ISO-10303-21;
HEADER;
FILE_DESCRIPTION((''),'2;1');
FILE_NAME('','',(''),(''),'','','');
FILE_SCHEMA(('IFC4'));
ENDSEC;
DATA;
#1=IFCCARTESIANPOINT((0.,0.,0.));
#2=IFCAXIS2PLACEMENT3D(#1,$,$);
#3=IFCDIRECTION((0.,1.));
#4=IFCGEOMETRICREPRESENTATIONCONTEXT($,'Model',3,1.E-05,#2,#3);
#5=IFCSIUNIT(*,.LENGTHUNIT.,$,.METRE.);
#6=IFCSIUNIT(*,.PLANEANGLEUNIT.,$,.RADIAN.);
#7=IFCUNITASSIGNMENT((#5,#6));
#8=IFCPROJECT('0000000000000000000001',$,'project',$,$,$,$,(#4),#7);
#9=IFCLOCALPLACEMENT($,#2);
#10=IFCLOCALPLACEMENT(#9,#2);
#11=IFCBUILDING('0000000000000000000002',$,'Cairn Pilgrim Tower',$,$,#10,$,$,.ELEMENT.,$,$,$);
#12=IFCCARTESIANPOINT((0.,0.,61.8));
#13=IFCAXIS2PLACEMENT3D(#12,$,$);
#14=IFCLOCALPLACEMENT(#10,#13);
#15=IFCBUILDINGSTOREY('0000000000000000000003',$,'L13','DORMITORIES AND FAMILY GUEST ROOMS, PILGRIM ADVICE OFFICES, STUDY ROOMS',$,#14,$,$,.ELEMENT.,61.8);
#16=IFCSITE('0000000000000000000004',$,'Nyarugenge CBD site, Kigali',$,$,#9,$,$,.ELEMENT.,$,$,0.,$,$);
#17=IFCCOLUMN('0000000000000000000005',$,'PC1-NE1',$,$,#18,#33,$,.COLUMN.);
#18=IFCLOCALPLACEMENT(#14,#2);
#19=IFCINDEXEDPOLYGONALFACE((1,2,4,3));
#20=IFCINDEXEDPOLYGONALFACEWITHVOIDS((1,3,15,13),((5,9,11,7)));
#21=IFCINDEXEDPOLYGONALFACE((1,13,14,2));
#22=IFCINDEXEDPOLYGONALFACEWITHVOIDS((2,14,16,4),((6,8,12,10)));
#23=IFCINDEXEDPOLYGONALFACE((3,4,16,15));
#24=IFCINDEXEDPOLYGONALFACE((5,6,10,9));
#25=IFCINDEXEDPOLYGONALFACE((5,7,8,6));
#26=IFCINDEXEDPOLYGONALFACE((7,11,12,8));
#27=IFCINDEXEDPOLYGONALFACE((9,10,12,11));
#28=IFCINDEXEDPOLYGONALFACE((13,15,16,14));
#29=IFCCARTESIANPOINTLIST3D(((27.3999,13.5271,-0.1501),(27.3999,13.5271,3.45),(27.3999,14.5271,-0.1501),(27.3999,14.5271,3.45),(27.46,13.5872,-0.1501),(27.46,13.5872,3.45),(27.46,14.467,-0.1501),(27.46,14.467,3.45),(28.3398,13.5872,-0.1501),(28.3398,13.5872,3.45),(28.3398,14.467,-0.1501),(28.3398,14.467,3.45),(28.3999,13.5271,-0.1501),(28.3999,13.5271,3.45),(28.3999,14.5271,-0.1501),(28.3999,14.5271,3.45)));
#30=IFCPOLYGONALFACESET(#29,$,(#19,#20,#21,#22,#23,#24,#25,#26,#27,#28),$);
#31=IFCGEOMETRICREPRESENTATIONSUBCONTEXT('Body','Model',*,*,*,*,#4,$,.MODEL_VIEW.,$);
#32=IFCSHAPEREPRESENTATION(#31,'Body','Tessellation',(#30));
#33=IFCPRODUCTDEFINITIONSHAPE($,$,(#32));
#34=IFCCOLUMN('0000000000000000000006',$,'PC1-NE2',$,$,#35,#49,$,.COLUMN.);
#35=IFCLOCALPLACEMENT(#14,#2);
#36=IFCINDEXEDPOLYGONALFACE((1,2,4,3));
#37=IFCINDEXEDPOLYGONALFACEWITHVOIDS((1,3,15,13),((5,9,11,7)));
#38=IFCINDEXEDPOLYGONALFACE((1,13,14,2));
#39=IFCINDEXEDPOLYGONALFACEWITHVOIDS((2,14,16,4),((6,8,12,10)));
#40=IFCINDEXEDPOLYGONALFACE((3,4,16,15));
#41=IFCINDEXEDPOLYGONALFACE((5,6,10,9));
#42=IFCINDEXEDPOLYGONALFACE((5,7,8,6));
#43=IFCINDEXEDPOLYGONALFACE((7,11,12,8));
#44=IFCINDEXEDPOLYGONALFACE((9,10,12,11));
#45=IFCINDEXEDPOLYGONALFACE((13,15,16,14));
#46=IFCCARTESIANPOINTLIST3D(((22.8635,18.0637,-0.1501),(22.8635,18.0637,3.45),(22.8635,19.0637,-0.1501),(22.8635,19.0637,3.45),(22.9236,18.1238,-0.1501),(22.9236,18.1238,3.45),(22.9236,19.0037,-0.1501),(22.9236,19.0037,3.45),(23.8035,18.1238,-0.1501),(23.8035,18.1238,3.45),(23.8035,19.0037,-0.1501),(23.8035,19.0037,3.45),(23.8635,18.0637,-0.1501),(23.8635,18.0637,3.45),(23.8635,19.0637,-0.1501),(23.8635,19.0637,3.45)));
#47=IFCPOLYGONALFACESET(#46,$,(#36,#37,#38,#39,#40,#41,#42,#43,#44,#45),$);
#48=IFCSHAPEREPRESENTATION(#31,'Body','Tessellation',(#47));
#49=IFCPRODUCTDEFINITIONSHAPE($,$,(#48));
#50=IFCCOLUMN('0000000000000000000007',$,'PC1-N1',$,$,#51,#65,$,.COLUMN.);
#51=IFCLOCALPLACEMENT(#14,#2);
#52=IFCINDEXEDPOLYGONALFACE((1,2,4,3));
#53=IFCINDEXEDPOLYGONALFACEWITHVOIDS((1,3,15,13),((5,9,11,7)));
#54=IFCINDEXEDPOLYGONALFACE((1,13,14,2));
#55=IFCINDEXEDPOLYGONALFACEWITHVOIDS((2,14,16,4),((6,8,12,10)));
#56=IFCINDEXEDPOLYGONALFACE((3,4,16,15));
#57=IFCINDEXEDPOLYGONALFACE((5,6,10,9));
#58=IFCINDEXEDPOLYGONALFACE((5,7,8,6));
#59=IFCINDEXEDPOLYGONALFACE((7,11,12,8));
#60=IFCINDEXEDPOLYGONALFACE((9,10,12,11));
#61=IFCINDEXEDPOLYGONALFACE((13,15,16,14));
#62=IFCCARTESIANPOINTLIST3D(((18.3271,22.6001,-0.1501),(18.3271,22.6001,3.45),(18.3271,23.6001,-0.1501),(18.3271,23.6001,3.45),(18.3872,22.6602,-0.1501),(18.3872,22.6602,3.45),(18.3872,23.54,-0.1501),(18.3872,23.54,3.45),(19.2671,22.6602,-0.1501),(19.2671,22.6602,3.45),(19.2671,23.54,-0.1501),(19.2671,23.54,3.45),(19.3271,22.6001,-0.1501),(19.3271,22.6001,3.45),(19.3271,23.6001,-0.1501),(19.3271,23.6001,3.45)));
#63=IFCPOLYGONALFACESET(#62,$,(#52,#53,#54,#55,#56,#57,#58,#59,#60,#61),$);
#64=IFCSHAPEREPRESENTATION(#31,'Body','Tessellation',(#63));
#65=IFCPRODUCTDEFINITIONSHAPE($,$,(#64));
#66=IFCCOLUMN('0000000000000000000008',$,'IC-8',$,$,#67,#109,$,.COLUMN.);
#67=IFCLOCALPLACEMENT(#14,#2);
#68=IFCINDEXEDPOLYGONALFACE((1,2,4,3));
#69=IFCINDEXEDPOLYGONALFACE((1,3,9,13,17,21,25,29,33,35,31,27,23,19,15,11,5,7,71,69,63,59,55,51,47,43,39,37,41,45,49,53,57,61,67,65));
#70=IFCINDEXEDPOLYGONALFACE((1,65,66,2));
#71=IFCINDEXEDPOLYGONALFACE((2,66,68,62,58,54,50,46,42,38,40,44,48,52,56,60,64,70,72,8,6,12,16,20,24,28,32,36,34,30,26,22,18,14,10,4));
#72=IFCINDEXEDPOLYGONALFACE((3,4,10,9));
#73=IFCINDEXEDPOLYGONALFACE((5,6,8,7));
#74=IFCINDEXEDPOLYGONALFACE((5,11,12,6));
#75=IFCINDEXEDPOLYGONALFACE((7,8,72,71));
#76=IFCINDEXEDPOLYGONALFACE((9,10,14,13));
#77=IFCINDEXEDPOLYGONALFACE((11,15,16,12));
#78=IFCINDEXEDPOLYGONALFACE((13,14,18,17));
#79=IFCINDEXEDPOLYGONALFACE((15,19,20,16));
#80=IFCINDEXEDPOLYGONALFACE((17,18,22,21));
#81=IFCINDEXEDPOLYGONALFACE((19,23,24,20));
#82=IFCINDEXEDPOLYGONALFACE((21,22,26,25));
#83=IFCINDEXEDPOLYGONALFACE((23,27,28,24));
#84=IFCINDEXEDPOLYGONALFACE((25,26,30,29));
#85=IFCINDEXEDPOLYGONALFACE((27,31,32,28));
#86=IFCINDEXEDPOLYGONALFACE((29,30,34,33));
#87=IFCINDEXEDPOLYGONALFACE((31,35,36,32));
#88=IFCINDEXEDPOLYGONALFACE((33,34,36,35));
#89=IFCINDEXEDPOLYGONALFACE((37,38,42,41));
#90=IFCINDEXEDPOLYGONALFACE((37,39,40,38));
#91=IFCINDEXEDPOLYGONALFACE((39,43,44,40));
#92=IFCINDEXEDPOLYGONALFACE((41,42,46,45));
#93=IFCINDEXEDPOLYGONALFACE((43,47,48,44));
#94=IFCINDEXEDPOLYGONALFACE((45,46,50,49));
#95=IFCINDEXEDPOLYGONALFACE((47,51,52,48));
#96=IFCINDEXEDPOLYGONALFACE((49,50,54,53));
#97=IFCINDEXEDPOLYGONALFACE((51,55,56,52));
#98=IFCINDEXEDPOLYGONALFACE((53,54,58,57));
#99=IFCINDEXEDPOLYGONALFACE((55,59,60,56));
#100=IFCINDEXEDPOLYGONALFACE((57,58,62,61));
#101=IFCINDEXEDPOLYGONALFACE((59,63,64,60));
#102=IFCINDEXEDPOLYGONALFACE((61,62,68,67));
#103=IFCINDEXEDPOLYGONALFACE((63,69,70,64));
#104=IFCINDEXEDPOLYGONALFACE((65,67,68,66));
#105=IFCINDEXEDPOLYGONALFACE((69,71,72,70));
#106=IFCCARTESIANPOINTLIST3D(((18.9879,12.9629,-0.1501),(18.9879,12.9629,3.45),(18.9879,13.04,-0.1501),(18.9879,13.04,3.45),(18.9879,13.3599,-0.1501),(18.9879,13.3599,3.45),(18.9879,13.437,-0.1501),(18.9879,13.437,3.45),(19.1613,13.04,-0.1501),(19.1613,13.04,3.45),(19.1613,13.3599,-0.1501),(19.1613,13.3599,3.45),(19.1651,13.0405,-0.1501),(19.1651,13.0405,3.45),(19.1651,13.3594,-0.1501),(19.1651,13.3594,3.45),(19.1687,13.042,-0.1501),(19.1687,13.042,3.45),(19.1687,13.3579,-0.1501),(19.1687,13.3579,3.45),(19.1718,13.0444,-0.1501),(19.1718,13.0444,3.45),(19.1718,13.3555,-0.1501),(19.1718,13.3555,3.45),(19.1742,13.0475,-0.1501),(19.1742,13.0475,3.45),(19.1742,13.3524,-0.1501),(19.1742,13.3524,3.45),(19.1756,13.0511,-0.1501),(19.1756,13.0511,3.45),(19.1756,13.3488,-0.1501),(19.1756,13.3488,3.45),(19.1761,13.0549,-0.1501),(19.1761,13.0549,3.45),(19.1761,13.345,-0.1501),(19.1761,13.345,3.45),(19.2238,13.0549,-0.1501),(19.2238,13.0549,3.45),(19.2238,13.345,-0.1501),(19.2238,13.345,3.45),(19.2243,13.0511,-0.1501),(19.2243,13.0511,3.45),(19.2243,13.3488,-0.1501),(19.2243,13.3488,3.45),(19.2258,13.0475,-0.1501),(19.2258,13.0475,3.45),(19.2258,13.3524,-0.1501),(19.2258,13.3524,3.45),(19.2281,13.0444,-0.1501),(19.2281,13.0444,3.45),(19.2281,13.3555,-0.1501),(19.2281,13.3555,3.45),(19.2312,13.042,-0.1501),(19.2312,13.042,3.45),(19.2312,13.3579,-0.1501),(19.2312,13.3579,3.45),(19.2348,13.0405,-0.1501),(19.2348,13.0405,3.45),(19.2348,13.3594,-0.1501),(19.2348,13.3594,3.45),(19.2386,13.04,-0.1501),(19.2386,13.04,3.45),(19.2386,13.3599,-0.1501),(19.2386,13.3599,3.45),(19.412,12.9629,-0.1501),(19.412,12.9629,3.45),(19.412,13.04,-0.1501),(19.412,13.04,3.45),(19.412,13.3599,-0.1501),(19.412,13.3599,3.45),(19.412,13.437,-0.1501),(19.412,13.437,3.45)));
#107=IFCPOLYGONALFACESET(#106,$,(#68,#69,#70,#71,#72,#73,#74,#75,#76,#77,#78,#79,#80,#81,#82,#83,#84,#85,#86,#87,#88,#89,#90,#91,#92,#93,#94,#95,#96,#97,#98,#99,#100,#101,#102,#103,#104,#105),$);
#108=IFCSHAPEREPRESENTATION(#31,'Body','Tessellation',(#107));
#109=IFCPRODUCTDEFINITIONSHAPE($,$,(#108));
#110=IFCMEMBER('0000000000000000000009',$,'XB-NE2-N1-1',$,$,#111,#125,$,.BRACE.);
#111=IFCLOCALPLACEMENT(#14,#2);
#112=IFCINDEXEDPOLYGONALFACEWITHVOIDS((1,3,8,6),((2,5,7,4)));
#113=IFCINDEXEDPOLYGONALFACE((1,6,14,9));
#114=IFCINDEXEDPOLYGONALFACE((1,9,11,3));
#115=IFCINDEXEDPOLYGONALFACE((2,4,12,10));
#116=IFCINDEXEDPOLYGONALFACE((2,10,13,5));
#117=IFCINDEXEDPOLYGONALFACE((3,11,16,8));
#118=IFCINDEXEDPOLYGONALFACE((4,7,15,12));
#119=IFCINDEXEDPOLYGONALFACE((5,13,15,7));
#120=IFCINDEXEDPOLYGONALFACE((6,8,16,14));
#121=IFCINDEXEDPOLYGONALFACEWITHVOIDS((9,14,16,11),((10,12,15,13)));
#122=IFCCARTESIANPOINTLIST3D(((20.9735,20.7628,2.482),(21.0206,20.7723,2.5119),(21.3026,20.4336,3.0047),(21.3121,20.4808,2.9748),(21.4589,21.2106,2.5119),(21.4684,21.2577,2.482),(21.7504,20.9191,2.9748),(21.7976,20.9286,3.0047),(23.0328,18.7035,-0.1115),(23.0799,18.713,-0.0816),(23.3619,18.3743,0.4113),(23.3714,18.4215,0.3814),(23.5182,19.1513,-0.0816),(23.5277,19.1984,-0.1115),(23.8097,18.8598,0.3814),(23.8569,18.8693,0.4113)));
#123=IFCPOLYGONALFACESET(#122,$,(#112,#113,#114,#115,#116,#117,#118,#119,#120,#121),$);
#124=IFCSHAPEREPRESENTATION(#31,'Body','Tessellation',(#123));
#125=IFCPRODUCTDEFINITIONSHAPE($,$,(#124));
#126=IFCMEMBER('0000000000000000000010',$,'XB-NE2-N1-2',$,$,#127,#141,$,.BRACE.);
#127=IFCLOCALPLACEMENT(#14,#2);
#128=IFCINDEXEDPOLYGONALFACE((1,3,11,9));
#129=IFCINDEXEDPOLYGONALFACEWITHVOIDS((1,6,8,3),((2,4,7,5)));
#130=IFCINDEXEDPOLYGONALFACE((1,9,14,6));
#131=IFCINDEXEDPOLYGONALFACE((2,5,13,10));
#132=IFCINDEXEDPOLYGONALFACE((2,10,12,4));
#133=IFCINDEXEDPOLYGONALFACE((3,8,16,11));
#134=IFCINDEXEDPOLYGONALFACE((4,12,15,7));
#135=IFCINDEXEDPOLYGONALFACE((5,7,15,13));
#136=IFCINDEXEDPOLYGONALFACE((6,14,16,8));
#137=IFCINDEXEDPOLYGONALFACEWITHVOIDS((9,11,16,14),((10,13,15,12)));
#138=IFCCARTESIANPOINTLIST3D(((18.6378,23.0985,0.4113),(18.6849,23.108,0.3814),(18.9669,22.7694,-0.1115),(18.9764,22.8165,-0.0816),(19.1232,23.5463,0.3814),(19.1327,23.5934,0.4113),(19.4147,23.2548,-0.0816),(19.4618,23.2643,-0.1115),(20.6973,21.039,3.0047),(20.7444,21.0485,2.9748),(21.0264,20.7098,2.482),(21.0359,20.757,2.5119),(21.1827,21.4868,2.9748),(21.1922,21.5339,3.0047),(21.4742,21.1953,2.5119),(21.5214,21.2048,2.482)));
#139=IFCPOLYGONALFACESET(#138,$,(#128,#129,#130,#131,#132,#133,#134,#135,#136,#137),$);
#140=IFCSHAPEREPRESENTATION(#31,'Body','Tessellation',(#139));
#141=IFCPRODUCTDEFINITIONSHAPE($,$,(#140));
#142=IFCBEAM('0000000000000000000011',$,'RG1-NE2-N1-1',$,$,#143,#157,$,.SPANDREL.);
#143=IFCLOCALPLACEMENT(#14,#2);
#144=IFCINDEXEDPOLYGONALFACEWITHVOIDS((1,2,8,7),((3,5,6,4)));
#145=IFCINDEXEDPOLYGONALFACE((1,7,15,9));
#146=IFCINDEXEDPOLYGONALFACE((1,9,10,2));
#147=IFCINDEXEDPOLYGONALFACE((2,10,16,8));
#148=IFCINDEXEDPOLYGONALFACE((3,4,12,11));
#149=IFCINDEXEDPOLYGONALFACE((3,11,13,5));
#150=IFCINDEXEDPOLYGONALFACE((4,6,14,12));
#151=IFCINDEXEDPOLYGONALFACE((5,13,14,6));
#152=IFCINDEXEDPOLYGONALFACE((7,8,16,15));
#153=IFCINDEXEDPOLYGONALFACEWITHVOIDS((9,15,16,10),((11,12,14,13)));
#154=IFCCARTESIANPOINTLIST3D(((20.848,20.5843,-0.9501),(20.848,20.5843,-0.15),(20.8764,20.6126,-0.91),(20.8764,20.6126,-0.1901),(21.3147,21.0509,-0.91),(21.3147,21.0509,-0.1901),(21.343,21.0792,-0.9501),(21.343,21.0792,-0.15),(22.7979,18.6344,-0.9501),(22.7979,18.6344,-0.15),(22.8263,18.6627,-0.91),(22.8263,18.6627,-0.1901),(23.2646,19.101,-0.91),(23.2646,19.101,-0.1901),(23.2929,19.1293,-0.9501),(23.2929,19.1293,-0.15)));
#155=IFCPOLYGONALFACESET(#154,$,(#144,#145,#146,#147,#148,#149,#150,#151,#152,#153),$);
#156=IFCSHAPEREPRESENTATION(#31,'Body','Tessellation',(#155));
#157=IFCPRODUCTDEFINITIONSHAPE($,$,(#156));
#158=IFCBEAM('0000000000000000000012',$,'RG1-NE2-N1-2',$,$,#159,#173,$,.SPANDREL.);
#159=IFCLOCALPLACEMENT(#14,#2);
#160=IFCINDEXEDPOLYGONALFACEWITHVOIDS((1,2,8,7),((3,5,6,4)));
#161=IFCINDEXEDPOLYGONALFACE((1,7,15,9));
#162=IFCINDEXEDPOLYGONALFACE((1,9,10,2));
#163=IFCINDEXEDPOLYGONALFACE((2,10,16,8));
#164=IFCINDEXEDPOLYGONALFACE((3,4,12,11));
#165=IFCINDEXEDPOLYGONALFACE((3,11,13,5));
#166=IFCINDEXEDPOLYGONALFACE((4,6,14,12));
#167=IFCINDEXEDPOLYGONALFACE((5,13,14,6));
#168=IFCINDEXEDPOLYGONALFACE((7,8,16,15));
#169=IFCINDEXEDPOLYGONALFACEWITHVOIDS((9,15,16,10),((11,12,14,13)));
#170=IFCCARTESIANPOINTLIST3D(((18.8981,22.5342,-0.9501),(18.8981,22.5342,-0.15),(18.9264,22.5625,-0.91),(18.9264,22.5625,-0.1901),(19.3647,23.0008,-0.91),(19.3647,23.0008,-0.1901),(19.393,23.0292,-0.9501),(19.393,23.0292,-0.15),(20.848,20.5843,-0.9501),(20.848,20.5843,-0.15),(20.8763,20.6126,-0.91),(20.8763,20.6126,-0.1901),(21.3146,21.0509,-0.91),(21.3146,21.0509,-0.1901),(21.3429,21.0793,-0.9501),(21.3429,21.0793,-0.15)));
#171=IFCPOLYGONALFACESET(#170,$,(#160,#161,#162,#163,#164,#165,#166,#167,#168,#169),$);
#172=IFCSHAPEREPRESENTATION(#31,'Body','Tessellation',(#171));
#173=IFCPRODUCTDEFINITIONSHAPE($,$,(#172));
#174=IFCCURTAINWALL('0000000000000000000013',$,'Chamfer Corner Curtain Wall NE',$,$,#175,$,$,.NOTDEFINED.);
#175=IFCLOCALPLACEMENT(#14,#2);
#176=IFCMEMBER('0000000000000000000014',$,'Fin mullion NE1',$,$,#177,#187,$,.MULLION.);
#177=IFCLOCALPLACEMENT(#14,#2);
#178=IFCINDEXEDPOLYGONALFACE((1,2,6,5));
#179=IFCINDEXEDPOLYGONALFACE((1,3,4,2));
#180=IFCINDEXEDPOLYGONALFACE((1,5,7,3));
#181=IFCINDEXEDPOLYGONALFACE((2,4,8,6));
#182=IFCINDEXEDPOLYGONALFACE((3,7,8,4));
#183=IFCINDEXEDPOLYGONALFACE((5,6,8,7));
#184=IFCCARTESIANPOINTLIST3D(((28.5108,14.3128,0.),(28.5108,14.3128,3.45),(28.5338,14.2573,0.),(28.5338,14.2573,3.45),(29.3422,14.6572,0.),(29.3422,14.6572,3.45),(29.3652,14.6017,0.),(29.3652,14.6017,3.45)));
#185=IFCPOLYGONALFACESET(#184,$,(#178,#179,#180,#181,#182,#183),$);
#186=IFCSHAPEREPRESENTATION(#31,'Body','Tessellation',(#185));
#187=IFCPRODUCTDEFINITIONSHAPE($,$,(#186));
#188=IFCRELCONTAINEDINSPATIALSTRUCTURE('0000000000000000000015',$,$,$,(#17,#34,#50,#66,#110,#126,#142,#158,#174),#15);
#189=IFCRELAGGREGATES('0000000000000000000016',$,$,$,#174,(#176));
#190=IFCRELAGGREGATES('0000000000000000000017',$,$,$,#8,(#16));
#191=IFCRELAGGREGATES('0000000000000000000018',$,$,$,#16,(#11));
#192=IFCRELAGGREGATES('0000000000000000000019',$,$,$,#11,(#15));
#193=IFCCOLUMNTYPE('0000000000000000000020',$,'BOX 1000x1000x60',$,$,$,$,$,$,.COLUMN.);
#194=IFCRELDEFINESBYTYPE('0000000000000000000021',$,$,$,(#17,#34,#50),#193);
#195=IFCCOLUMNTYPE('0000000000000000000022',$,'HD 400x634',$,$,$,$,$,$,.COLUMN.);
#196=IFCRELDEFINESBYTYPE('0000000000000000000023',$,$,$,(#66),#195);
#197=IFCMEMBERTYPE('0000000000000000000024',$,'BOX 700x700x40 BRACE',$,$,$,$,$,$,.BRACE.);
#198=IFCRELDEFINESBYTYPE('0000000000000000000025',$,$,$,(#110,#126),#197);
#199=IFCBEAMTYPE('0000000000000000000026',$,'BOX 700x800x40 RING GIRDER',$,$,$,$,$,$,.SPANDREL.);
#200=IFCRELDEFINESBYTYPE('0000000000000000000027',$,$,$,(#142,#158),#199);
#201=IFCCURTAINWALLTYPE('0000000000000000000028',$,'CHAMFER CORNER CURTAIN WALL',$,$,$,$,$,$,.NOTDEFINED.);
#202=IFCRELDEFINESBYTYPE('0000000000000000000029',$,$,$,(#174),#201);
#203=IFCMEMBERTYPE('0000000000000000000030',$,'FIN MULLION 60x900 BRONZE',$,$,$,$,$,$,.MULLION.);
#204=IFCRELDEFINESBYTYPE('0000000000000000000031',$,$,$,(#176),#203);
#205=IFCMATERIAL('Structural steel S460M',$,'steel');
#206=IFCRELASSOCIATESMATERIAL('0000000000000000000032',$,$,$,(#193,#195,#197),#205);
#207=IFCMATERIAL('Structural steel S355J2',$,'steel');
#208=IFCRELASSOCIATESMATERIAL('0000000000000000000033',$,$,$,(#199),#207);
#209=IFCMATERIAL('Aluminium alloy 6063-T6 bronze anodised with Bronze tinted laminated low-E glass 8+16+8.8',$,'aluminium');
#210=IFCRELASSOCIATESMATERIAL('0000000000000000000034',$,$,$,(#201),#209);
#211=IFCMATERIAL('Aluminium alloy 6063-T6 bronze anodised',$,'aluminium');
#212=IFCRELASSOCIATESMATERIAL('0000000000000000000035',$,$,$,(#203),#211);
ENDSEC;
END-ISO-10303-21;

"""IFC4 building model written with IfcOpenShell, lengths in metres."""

from ifc_helpers import new_model, si_unit, direction, frame, origin, origin_2d, place, context, subcontext, project, spatial, rectangle, hollow_rectangle, i_section, extrude, material, material_profile, profile_set, type_object, element, aggregate, save


model = new_model("IFC4")

# Units and contexts
model_context = context("Model", 3, precision=1e-05, world=origin(), true_north=direction((0.0, 1.0)))
body_context = subcontext(model_context, "Body", "Model", "MODEL_VIEW")
ifc_project = project(units=[si_unit("LENGTHUNIT", "METRE"), si_unit("PLANEANGLEUNIT", "RADIAN")], contexts=[model_context])

# Site, building, storey
site_placement = place(None, origin())
site = spatial("IfcSite", under=ifc_project, at=site_placement, Name="Nyarugenge CBD site, Kigali", CompositionType="ELEMENT", RefElevation=0.0)
building_placement = place(site_placement, origin())
building = spatial("IfcBuilding", under=site, at=building_placement, Name="Cairn Pilgrim Tower", CompositionType="ELEMENT")
storey_placement = place(building_placement, frame((0.0, 0.0, 61.8)))
storey = spatial("IfcBuildingStorey", under=building, at=storey_placement, Name="L13", Description="DORMITORIES AND FAMILY GUEST ROOMS, PILGRIM ADVICE OFFICES, STUDY ROOMS", CompositionType="ELEMENT", Elevation=61.8)

# Columns
ifc_material_1 = material(Name="Structural steel S460M", Category="steel")
ifc_material_profile_1 = material_profile(ifc_material_1, hollow_rectangle(XDim=1.0, YDim=1.0, WallThickness=0.0601, at=origin_2d()), Name="BOX 1000x1000x60")
ifc_profile_set_1 = profile_set([ifc_material_profile_1], Name="Structural steel S460M")
column_type_1 = type_object("IfcColumnType", Name="BOX 1000x1000x60", PredefinedType="COLUMN", material=ifc_profile_set_1)
for number, where, z_axis, x_axis, name in (
    (1, (27.8999, 14.0271, -0.1501), (0.0, 0.0, 1.0), (1.0, 0.0, 0.0), "PC1-NE1"),
    (2, (23.3635, 18.5637, -0.1501), (0.0, 0.0, 1.0), (1.0, 0.0, 0.0), "PC1-NE2"),
    (3, (18.8271, 23.1001, -0.1501), (0.0, 0.0, 1.0), (1.0, 0.0, 0.0), "PC1-N1"),
):
    element("IfcColumn", number, at=place(storey_placement, frame(where, z_axis=z_axis, x_axis=x_axis)), inside=storey, type_object=column_type_1, Name=name, PredefinedType="COLUMN", context=body_context, shape_type="SweptSolid", body=[
        extrude(hollow_rectangle(XDim=1.0, YDim=1.0, WallThickness=0.0601, at=origin_2d()), origin(), (0.0, 0.0, 1.0), 3.6001),
    ])
ifc_material_profile_2 = material_profile(ifc_material_1, i_section(OverallWidth=0.4241, OverallDepth=0.4741, WebThickness=0.0476, FlangeThickness=0.0771, FilletRadius=0.0149, at=origin_2d()), Name="HD 400x634")
ifc_profile_set_2 = profile_set([ifc_material_profile_2], Name="Structural steel S460M")
column_type_2 = type_object("IfcColumnType", Name="HD 400x634", PredefinedType="COLUMN", material=ifc_profile_set_2)
column_placement = place(storey_placement, frame((19.2, 13.2, -0.1501), z_axis=(0.0, 0.0, 1.0), x_axis=(1.0, 0.0, 0.0)))
element("IfcColumn", 4, at=column_placement, inside=storey, type_object=column_type_2, Name="IC-8", PredefinedType="COLUMN", context=body_context, shape_type="SweptSolid", body=[
    extrude(i_section(OverallWidth=0.4241, OverallDepth=0.4741, WebThickness=0.0476, FlangeThickness=0.0771, FilletRadius=0.0149, at=origin_2d()), origin(), (0.0, 0.0, 1.0), 3.6001),
])

# Members
ifc_material_profile_3 = material_profile(ifc_material_1, hollow_rectangle(XDim=0.7, YDim=0.7, WallThickness=0.04, at=origin_2d()), Name="BOX 700x700x40")
ifc_profile_set_3 = profile_set([ifc_material_profile_3], Name="Structural steel S460M")
member_type_1 = type_object("IfcMemberType", Name="BOX 700x700x40 BRACE", PredefinedType="BRACE", material=ifc_profile_set_3)
member_1_placement = place(storey_placement, frame((23.4448, 18.7864, 0.1499), z_axis=(-0.528068, 0.528068, 0.665047), x_axis=(-0.707107, -0.707107, 0.0)))
element("IfcMember", 5, at=member_1_placement, inside=storey, type_object=member_type_1, Name="XB-NE2-N1-1", PredefinedType="BRACE", context=body_context, shape_type="SweptSolid", body=[
    extrude(hollow_rectangle(XDim=0.7, YDim=0.7, WallThickness=0.04, at=origin_2d()), origin(), (0.0, 0.0, 1.0), 3.8997),
])
member_2_placement = place(storey_placement, frame((19.0498, 23.1814, 0.1499), z_axis=(0.528096, -0.528096, 0.665003), x_axis=(0.707107, 0.707107, 0.0)))
element("IfcMember", 6, at=member_2_placement, inside=storey, type_object=member_type_1, Name="XB-NE2-N1-2", PredefinedType="BRACE", context=body_context, shape_type="SweptSolid", body=[
    extrude(hollow_rectangle(XDim=0.7, YDim=0.7, WallThickness=0.04, at=origin_2d()), origin(), (0.0, 0.0, 1.0), 3.8999),
])

# Beams
ifc_material_2 = material(Name="Structural steel S355J2", Category="steel")
ifc_material_profile_4 = material_profile(ifc_material_2, hollow_rectangle(XDim=0.7, YDim=0.8, WallThickness=0.04, at=origin_2d()), Name="BOX 700x800x40")
ifc_profile_set_4 = profile_set([ifc_material_profile_4], Name="Structural steel S355J2")
beam_type_1 = type_object("IfcBeamType", Name="BOX 700x800x40 RING GIRDER", PredefinedType="SPANDREL", material=ifc_profile_set_4)
for number, where, z_axis, x_axis, name in (
    (7, (23.0454, 18.8818, -0.55), (-0.707107, 0.707107, 0.0), (-0.707107, -0.707107, 0.0), "RG1-NE2-N1-1"),
    (8, (21.0955, 20.8318, -0.55), (-0.707107, 0.707107, 0.0), (-0.707107, -0.707107, 0.0), "RG1-NE2-N1-2"),
):
    element("IfcBeam", number, at=place(storey_placement, frame(where, z_axis=z_axis, x_axis=x_axis)), inside=storey, type_object=beam_type_1, Name=name, PredefinedType="SPANDREL", context=body_context, shape_type="SweptSolid", body=[
        extrude(hollow_rectangle(XDim=0.7, YDim=0.8, WallThickness=0.04, at=origin_2d()), origin(), (0.0, 0.0, 1.0), 2.7576),
    ])

# Curtain wall, member
ifc_material_3 = material(Name="Aluminium alloy 6063-T6 bronze anodised with Bronze tinted laminated low-E glass 8+16+8.8", Category="aluminium")
curtain_wall_type_1 = type_object("IfcCurtainWallType", Name="CHAMFER CORNER CURTAIN WALL", PredefinedType="NOTDEFINED", material=ifc_material_3)
curtain_wall_1_placement = place(storey_placement, origin())
curtain_wall_1 = element("IfcCurtainWall", 9, at=curtain_wall_1_placement, inside=storey, type_object=curtain_wall_type_1, Name="Chamfer Corner Curtain Wall NE", PredefinedType="NOTDEFINED")
ifc_material_4 = material(Name="Aluminium alloy 6063-T6 bronze anodised", Category="aluminium")
ifc_material_profile_5 = material_profile(ifc_material_4, rectangle(XDim=0.8999, YDim=0.0601, at=origin_2d()), Name="FIN MULLION 60x900 BRONZE")
ifc_profile_set_5 = profile_set([ifc_material_profile_5], Name="Aluminium alloy 6063-T6 bronze anodised")
member_type_2 = type_object("IfcMemberType", Name="FIN MULLION 60x900 BRONZE", PredefinedType="MULLION", material=ifc_profile_set_5)
member_3_placement = place(storey_placement, frame((28.938, 14.4573, 0.0), z_axis=(0.0, 0.0, 1.0), x_axis=(0.92388, 0.382683, 0.0)))
member_3 = element("IfcMember", 10, at=member_3_placement, type_object=member_type_2, Name="Fin mullion NE1", PredefinedType="MULLION", context=body_context, shape_type="SweptSolid", body=[
    extrude(rectangle(XDim=0.8999, YDim=0.0601, at=origin_2d()), origin(), (0.0, 0.0, 1.0), 3.45),
])

aggregate(curtain_wall_1, [member_3])

save(model, "model.ifc")
